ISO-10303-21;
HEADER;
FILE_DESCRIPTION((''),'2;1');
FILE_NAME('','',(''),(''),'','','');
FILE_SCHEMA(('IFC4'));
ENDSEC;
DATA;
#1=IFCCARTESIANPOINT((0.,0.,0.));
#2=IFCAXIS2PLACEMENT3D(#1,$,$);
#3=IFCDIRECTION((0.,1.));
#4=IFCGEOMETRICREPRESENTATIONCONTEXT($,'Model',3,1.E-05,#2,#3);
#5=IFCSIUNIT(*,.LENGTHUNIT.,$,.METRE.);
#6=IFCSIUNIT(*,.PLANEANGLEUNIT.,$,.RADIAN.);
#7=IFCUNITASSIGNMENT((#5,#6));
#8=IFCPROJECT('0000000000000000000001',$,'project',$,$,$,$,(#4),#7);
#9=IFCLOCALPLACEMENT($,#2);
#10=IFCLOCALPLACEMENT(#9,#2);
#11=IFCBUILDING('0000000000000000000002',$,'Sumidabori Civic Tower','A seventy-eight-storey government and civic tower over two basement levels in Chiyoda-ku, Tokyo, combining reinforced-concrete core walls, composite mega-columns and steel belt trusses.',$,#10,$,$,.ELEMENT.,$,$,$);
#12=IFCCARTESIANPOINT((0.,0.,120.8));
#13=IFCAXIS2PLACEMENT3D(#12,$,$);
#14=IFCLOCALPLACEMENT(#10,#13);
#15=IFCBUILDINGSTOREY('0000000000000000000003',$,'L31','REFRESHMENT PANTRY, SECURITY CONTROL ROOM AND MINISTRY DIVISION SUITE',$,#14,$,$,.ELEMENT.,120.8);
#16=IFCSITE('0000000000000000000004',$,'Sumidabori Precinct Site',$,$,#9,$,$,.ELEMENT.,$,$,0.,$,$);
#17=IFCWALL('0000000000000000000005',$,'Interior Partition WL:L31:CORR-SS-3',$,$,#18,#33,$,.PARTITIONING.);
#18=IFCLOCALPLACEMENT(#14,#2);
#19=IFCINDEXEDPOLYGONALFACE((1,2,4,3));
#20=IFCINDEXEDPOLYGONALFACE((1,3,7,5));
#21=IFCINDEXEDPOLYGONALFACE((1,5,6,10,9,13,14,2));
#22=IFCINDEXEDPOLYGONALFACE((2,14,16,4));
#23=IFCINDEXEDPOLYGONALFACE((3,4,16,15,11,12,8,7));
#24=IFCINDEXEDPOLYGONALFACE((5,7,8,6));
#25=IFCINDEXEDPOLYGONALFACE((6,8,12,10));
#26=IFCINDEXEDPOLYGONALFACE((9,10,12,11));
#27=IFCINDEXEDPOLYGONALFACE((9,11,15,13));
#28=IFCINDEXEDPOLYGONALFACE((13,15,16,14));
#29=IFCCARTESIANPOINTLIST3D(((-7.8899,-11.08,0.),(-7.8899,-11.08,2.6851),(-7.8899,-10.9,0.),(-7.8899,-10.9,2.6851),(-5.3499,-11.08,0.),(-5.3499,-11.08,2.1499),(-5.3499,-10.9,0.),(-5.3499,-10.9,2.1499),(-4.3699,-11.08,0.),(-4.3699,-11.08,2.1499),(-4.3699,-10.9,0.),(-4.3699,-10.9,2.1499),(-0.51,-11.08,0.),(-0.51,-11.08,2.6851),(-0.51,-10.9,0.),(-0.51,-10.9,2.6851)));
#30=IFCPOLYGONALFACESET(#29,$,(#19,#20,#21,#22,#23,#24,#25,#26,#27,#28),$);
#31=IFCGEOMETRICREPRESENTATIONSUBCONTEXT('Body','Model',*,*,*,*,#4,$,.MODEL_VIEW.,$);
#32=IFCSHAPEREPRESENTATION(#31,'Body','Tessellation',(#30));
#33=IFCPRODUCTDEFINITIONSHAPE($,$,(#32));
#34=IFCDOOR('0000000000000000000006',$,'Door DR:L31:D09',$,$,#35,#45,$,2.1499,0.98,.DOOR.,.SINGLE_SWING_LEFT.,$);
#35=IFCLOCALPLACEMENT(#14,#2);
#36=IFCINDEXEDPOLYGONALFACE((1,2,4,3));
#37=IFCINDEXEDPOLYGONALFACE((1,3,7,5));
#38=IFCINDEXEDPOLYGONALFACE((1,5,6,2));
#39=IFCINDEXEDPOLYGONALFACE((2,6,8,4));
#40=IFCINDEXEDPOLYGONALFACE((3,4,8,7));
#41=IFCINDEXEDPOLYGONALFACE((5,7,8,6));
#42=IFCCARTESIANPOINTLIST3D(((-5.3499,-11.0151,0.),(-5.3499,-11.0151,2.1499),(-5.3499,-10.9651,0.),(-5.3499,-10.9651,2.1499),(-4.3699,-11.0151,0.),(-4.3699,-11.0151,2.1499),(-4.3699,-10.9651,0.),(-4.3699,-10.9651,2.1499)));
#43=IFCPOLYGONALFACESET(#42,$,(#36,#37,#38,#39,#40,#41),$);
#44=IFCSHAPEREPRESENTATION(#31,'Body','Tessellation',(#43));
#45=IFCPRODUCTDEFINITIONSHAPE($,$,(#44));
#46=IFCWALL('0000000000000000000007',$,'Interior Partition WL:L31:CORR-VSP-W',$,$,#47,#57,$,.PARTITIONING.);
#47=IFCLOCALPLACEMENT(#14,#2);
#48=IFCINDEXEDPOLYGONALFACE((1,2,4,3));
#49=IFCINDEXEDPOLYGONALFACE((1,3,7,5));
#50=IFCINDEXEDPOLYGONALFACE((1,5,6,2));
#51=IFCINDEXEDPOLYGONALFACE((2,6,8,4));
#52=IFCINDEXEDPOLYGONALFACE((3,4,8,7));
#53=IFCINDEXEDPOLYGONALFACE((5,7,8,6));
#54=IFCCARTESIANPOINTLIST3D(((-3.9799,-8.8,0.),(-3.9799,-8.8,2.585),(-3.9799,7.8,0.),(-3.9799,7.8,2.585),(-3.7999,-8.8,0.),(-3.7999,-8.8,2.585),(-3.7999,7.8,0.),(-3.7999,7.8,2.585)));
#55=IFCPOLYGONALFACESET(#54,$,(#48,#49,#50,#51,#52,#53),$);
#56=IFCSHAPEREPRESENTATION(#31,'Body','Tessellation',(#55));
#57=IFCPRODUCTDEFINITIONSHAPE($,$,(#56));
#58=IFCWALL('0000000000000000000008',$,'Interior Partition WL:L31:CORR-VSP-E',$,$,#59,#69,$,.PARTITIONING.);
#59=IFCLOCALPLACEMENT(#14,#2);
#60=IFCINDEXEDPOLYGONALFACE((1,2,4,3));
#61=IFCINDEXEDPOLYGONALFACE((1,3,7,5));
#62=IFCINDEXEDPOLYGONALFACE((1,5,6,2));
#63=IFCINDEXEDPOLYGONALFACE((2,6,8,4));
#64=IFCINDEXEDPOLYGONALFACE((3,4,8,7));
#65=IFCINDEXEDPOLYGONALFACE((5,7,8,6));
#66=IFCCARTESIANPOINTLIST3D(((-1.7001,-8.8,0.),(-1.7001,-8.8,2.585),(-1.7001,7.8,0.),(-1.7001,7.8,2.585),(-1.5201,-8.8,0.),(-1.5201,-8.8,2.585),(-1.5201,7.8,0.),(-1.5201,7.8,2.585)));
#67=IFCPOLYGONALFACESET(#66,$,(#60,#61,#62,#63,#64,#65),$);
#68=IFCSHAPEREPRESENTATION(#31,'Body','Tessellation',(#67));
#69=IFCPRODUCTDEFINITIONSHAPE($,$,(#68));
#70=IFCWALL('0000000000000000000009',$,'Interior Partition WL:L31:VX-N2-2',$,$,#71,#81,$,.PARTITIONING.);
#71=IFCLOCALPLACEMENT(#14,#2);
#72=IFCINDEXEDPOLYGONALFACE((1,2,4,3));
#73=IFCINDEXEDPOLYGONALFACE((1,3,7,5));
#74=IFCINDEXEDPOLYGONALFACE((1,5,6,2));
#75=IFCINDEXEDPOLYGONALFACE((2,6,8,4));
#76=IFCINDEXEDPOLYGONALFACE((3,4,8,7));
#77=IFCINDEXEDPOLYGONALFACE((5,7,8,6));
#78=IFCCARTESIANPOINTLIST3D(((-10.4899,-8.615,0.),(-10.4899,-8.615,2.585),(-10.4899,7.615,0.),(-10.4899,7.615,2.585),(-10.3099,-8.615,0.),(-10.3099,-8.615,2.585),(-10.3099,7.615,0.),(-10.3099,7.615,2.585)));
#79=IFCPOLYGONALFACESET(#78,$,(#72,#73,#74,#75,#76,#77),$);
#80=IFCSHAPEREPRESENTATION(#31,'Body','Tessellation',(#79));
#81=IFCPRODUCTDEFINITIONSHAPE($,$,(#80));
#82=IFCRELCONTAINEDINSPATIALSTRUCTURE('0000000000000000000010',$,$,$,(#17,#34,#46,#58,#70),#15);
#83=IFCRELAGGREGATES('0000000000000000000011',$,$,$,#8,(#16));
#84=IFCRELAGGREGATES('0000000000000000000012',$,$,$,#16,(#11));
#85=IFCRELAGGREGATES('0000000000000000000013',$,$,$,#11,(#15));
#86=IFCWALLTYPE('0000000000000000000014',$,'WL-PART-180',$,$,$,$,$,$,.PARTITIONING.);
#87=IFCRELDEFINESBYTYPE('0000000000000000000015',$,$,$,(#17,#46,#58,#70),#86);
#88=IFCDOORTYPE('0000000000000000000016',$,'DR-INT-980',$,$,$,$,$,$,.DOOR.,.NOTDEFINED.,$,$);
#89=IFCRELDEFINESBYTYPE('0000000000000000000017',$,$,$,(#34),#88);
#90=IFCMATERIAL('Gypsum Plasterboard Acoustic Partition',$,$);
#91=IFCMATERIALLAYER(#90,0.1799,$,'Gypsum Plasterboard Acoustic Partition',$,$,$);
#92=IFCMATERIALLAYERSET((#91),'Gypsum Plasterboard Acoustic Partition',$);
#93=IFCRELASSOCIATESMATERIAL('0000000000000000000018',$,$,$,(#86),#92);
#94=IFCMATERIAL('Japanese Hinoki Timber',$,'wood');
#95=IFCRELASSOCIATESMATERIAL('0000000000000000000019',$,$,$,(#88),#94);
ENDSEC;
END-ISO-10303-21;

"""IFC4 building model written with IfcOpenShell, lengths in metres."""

from ifc_helpers import new_model, si_unit, direction, frame, frame_2d, origin, place, context, subcontext, project, spatial, rectangle, extrude, source, transform, mapped, material, layer, layer_set, type_object, element, fill, save


model = new_model("IFC4")

# Units and contexts
model_context = context("Model", 3, precision=1e-05, world=origin(), true_north=direction((0.0, 1.0)))
body_context = subcontext(model_context, "Body", "Model", "MODEL_VIEW")
ifc_project = project(units=[si_unit("LENGTHUNIT", "METRE"), si_unit("PLANEANGLEUNIT", "RADIAN")], contexts=[model_context])

# Site, building, storey
site_placement = place(None, origin())
site = spatial("IfcSite", under=ifc_project, at=site_placement, Name="Sumidabori Precinct Site", CompositionType="ELEMENT", RefElevation=0.0)
building_placement = place(site_placement, origin())
building = spatial("IfcBuilding", under=site, at=building_placement, Name="Sumidabori Civic Tower", Description="A seventy-eight-storey government and civic tower over two basement levels in Chiyoda-ku, Tokyo, combining reinforced-concrete core walls, composite mega-columns and steel belt trusses.", CompositionType="ELEMENT")
storey_placement = place(building_placement, frame((0.0, 0.0, 120.8)))
storey = spatial("IfcBuildingStorey", under=building, at=storey_placement, Name="L31", Description="REFRESHMENT PANTRY, SECURITY CONTROL ROOM AND MINISTRY DIVISION SUITE", CompositionType="ELEMENT", Elevation=120.8)

# Shared definitions
ifc_material_1 = material(Name="Gypsum Plasterboard Acoustic Partition")
ifc_layer = layer(ifc_material_1, 0.1799, Name="Gypsum Plasterboard Acoustic Partition")
ifc_layer_set = layer_set([ifc_layer], Name="Gypsum Plasterboard Acoustic Partition")
wall_type = type_object("IfcWallType", Name="WL-PART-180", PredefinedType="PARTITIONING", material=ifc_layer_set)

# Wall, opening, door
ifc_material_2 = material(Name="Japanese Hinoki Timber", Category="wood")
door_type = type_object("IfcDoorType", Name="DR-INT-980", OperationType="NOTDEFINED", PredefinedType="DOOR", material=ifc_material_2)
shared_shape_1 = source(origin(), body_context, "Body", "SweptSolid", [
    extrude(rectangle(XDim=0.98, YDim=2.1499, at=frame_2d((0.49, 1.075))), frame((0.0, 0.0249, 0.0), z_axis=(0.0, -1.0, 0.0), x_axis=(1.0, 0.0, 0.0)), (0.0, 0.0, 1.0), 0.05),
])
shared_shape_2 = source(origin(), body_context, "Body", "SweptSolid", [
    extrude(rectangle(XDim=7.3799, YDim=0.1799, at=frame_2d((3.6899, 0.0))), origin(), (0.0, 0.0, 1.0), 2.6851),
])
wall_1_placement = place(storey_placement, frame((-7.8899, -10.99, 0.0), z_axis=(0.0, 0.0, 1.0), x_axis=(1.0, 0.0, 0.0)))
wall_1 = element("IfcWall", 1, at=wall_1_placement, inside=storey, type_object=wall_type, Name="Interior Partition WL:L31:CORR-SS-3", PredefinedType="PARTITIONING", context=body_context, shape_type="MappedRepresentation", body=[
    mapped(shared_shape_2, transform((0.0, 0.0, 0.0), x_axis=(1.0, 0.0, 0.0), y_axis=(0.0, 1.0, 0.0), z_axis=(0.0, 0.0, 1.0), scale=1.0)),
])
opening_1_placement = place(wall_1_placement, frame((2.54, 0.0, 0.0)))
opening_1 = element("IfcOpeningElement", 2, at=opening_1_placement, cuts=wall_1, PredefinedType="OPENING", context=body_context, shape_type="SweptSolid", body=[
    extrude(rectangle(XDim=0.98, YDim=2.1499, at=frame_2d((0.49, 1.075))), frame((0.0, 0.1021, 0.0), z_axis=(0.0, -1.0, 0.0), x_axis=(1.0, 0.0, 0.0)), (0.0, 0.0, 1.0), 0.2039),
])
door_1_placement = place(opening_1_placement, origin())
door_1 = element("IfcDoor", 3, at=door_1_placement, inside=storey, type_object=door_type, Name="Door DR:L31:D09", OperationType="SINGLE_SWING_LEFT", OverallHeight=2.1499, OverallWidth=0.98, PredefinedType="DOOR", context=body_context, shape_type="MappedRepresentation", body=[
    mapped(shared_shape_1, transform((0.0, 0.0, 0.0), x_axis=(1.0, 0.0, 0.0), y_axis=(0.0, 1.0, 0.0), z_axis=(0.0, 0.0, 1.0), scale=1.0)),
])
fill(opening_1, door_1)

# Walls
shared_shape_3 = source(origin(), body_context, "Body", "SweptSolid", [
    extrude(rectangle(XDim=16.6001, YDim=0.1799, at=frame_2d((8.3, 0.0))), origin(), (0.0, 0.0, 1.0), 2.585),
])
for number, where, z_axis, x_axis, name in (
    (4, (-3.8899, -8.8, 0.0), (0.0, 0.0, 1.0), (0.0, 1.0, 0.0), "Interior Partition WL:L31:CORR-VSP-W"),
    (5, (-1.6101, -8.8, 0.0), (0.0, 0.0, 1.0), (0.0, 1.0, 0.0), "Interior Partition WL:L31:CORR-VSP-E"),
):
    element("IfcWall", number, at=place(storey_placement, frame(where, z_axis=z_axis, x_axis=x_axis)), inside=storey, type_object=wall_type, Name=name, PredefinedType="PARTITIONING", context=body_context, shape_type="MappedRepresentation", body=[
        mapped(shared_shape_3, transform((0.0, 0.0, 0.0), x_axis=(1.0, 0.0, 0.0), y_axis=(0.0, 1.0, 0.0), z_axis=(0.0, 0.0, 1.0), scale=1.0)),
    ])
shared_shape_4 = source(origin(), body_context, "Body", "SweptSolid", [
    extrude(rectangle(XDim=16.23, YDim=0.1799, at=frame_2d((8.115, 0.0))), origin(), (0.0, 0.0, 1.0), 2.585),
])
wall_2_placement = place(storey_placement, frame((-10.3999, -8.615, 0.0), z_axis=(0.0, 0.0, 1.0), x_axis=(0.0, 1.0, 0.0)))
element("IfcWall", 6, at=wall_2_placement, inside=storey, type_object=wall_type, Name="Interior Partition WL:L31:VX-N2-2", PredefinedType="PARTITIONING", context=body_context, shape_type="MappedRepresentation", body=[
    mapped(shared_shape_4, transform((0.0, 0.0, 0.0), x_axis=(1.0, 0.0, 0.0), y_axis=(0.0, 1.0, 0.0), z_axis=(0.0, 0.0, 1.0), scale=1.0)),
])

save(model, "model.ifc")
